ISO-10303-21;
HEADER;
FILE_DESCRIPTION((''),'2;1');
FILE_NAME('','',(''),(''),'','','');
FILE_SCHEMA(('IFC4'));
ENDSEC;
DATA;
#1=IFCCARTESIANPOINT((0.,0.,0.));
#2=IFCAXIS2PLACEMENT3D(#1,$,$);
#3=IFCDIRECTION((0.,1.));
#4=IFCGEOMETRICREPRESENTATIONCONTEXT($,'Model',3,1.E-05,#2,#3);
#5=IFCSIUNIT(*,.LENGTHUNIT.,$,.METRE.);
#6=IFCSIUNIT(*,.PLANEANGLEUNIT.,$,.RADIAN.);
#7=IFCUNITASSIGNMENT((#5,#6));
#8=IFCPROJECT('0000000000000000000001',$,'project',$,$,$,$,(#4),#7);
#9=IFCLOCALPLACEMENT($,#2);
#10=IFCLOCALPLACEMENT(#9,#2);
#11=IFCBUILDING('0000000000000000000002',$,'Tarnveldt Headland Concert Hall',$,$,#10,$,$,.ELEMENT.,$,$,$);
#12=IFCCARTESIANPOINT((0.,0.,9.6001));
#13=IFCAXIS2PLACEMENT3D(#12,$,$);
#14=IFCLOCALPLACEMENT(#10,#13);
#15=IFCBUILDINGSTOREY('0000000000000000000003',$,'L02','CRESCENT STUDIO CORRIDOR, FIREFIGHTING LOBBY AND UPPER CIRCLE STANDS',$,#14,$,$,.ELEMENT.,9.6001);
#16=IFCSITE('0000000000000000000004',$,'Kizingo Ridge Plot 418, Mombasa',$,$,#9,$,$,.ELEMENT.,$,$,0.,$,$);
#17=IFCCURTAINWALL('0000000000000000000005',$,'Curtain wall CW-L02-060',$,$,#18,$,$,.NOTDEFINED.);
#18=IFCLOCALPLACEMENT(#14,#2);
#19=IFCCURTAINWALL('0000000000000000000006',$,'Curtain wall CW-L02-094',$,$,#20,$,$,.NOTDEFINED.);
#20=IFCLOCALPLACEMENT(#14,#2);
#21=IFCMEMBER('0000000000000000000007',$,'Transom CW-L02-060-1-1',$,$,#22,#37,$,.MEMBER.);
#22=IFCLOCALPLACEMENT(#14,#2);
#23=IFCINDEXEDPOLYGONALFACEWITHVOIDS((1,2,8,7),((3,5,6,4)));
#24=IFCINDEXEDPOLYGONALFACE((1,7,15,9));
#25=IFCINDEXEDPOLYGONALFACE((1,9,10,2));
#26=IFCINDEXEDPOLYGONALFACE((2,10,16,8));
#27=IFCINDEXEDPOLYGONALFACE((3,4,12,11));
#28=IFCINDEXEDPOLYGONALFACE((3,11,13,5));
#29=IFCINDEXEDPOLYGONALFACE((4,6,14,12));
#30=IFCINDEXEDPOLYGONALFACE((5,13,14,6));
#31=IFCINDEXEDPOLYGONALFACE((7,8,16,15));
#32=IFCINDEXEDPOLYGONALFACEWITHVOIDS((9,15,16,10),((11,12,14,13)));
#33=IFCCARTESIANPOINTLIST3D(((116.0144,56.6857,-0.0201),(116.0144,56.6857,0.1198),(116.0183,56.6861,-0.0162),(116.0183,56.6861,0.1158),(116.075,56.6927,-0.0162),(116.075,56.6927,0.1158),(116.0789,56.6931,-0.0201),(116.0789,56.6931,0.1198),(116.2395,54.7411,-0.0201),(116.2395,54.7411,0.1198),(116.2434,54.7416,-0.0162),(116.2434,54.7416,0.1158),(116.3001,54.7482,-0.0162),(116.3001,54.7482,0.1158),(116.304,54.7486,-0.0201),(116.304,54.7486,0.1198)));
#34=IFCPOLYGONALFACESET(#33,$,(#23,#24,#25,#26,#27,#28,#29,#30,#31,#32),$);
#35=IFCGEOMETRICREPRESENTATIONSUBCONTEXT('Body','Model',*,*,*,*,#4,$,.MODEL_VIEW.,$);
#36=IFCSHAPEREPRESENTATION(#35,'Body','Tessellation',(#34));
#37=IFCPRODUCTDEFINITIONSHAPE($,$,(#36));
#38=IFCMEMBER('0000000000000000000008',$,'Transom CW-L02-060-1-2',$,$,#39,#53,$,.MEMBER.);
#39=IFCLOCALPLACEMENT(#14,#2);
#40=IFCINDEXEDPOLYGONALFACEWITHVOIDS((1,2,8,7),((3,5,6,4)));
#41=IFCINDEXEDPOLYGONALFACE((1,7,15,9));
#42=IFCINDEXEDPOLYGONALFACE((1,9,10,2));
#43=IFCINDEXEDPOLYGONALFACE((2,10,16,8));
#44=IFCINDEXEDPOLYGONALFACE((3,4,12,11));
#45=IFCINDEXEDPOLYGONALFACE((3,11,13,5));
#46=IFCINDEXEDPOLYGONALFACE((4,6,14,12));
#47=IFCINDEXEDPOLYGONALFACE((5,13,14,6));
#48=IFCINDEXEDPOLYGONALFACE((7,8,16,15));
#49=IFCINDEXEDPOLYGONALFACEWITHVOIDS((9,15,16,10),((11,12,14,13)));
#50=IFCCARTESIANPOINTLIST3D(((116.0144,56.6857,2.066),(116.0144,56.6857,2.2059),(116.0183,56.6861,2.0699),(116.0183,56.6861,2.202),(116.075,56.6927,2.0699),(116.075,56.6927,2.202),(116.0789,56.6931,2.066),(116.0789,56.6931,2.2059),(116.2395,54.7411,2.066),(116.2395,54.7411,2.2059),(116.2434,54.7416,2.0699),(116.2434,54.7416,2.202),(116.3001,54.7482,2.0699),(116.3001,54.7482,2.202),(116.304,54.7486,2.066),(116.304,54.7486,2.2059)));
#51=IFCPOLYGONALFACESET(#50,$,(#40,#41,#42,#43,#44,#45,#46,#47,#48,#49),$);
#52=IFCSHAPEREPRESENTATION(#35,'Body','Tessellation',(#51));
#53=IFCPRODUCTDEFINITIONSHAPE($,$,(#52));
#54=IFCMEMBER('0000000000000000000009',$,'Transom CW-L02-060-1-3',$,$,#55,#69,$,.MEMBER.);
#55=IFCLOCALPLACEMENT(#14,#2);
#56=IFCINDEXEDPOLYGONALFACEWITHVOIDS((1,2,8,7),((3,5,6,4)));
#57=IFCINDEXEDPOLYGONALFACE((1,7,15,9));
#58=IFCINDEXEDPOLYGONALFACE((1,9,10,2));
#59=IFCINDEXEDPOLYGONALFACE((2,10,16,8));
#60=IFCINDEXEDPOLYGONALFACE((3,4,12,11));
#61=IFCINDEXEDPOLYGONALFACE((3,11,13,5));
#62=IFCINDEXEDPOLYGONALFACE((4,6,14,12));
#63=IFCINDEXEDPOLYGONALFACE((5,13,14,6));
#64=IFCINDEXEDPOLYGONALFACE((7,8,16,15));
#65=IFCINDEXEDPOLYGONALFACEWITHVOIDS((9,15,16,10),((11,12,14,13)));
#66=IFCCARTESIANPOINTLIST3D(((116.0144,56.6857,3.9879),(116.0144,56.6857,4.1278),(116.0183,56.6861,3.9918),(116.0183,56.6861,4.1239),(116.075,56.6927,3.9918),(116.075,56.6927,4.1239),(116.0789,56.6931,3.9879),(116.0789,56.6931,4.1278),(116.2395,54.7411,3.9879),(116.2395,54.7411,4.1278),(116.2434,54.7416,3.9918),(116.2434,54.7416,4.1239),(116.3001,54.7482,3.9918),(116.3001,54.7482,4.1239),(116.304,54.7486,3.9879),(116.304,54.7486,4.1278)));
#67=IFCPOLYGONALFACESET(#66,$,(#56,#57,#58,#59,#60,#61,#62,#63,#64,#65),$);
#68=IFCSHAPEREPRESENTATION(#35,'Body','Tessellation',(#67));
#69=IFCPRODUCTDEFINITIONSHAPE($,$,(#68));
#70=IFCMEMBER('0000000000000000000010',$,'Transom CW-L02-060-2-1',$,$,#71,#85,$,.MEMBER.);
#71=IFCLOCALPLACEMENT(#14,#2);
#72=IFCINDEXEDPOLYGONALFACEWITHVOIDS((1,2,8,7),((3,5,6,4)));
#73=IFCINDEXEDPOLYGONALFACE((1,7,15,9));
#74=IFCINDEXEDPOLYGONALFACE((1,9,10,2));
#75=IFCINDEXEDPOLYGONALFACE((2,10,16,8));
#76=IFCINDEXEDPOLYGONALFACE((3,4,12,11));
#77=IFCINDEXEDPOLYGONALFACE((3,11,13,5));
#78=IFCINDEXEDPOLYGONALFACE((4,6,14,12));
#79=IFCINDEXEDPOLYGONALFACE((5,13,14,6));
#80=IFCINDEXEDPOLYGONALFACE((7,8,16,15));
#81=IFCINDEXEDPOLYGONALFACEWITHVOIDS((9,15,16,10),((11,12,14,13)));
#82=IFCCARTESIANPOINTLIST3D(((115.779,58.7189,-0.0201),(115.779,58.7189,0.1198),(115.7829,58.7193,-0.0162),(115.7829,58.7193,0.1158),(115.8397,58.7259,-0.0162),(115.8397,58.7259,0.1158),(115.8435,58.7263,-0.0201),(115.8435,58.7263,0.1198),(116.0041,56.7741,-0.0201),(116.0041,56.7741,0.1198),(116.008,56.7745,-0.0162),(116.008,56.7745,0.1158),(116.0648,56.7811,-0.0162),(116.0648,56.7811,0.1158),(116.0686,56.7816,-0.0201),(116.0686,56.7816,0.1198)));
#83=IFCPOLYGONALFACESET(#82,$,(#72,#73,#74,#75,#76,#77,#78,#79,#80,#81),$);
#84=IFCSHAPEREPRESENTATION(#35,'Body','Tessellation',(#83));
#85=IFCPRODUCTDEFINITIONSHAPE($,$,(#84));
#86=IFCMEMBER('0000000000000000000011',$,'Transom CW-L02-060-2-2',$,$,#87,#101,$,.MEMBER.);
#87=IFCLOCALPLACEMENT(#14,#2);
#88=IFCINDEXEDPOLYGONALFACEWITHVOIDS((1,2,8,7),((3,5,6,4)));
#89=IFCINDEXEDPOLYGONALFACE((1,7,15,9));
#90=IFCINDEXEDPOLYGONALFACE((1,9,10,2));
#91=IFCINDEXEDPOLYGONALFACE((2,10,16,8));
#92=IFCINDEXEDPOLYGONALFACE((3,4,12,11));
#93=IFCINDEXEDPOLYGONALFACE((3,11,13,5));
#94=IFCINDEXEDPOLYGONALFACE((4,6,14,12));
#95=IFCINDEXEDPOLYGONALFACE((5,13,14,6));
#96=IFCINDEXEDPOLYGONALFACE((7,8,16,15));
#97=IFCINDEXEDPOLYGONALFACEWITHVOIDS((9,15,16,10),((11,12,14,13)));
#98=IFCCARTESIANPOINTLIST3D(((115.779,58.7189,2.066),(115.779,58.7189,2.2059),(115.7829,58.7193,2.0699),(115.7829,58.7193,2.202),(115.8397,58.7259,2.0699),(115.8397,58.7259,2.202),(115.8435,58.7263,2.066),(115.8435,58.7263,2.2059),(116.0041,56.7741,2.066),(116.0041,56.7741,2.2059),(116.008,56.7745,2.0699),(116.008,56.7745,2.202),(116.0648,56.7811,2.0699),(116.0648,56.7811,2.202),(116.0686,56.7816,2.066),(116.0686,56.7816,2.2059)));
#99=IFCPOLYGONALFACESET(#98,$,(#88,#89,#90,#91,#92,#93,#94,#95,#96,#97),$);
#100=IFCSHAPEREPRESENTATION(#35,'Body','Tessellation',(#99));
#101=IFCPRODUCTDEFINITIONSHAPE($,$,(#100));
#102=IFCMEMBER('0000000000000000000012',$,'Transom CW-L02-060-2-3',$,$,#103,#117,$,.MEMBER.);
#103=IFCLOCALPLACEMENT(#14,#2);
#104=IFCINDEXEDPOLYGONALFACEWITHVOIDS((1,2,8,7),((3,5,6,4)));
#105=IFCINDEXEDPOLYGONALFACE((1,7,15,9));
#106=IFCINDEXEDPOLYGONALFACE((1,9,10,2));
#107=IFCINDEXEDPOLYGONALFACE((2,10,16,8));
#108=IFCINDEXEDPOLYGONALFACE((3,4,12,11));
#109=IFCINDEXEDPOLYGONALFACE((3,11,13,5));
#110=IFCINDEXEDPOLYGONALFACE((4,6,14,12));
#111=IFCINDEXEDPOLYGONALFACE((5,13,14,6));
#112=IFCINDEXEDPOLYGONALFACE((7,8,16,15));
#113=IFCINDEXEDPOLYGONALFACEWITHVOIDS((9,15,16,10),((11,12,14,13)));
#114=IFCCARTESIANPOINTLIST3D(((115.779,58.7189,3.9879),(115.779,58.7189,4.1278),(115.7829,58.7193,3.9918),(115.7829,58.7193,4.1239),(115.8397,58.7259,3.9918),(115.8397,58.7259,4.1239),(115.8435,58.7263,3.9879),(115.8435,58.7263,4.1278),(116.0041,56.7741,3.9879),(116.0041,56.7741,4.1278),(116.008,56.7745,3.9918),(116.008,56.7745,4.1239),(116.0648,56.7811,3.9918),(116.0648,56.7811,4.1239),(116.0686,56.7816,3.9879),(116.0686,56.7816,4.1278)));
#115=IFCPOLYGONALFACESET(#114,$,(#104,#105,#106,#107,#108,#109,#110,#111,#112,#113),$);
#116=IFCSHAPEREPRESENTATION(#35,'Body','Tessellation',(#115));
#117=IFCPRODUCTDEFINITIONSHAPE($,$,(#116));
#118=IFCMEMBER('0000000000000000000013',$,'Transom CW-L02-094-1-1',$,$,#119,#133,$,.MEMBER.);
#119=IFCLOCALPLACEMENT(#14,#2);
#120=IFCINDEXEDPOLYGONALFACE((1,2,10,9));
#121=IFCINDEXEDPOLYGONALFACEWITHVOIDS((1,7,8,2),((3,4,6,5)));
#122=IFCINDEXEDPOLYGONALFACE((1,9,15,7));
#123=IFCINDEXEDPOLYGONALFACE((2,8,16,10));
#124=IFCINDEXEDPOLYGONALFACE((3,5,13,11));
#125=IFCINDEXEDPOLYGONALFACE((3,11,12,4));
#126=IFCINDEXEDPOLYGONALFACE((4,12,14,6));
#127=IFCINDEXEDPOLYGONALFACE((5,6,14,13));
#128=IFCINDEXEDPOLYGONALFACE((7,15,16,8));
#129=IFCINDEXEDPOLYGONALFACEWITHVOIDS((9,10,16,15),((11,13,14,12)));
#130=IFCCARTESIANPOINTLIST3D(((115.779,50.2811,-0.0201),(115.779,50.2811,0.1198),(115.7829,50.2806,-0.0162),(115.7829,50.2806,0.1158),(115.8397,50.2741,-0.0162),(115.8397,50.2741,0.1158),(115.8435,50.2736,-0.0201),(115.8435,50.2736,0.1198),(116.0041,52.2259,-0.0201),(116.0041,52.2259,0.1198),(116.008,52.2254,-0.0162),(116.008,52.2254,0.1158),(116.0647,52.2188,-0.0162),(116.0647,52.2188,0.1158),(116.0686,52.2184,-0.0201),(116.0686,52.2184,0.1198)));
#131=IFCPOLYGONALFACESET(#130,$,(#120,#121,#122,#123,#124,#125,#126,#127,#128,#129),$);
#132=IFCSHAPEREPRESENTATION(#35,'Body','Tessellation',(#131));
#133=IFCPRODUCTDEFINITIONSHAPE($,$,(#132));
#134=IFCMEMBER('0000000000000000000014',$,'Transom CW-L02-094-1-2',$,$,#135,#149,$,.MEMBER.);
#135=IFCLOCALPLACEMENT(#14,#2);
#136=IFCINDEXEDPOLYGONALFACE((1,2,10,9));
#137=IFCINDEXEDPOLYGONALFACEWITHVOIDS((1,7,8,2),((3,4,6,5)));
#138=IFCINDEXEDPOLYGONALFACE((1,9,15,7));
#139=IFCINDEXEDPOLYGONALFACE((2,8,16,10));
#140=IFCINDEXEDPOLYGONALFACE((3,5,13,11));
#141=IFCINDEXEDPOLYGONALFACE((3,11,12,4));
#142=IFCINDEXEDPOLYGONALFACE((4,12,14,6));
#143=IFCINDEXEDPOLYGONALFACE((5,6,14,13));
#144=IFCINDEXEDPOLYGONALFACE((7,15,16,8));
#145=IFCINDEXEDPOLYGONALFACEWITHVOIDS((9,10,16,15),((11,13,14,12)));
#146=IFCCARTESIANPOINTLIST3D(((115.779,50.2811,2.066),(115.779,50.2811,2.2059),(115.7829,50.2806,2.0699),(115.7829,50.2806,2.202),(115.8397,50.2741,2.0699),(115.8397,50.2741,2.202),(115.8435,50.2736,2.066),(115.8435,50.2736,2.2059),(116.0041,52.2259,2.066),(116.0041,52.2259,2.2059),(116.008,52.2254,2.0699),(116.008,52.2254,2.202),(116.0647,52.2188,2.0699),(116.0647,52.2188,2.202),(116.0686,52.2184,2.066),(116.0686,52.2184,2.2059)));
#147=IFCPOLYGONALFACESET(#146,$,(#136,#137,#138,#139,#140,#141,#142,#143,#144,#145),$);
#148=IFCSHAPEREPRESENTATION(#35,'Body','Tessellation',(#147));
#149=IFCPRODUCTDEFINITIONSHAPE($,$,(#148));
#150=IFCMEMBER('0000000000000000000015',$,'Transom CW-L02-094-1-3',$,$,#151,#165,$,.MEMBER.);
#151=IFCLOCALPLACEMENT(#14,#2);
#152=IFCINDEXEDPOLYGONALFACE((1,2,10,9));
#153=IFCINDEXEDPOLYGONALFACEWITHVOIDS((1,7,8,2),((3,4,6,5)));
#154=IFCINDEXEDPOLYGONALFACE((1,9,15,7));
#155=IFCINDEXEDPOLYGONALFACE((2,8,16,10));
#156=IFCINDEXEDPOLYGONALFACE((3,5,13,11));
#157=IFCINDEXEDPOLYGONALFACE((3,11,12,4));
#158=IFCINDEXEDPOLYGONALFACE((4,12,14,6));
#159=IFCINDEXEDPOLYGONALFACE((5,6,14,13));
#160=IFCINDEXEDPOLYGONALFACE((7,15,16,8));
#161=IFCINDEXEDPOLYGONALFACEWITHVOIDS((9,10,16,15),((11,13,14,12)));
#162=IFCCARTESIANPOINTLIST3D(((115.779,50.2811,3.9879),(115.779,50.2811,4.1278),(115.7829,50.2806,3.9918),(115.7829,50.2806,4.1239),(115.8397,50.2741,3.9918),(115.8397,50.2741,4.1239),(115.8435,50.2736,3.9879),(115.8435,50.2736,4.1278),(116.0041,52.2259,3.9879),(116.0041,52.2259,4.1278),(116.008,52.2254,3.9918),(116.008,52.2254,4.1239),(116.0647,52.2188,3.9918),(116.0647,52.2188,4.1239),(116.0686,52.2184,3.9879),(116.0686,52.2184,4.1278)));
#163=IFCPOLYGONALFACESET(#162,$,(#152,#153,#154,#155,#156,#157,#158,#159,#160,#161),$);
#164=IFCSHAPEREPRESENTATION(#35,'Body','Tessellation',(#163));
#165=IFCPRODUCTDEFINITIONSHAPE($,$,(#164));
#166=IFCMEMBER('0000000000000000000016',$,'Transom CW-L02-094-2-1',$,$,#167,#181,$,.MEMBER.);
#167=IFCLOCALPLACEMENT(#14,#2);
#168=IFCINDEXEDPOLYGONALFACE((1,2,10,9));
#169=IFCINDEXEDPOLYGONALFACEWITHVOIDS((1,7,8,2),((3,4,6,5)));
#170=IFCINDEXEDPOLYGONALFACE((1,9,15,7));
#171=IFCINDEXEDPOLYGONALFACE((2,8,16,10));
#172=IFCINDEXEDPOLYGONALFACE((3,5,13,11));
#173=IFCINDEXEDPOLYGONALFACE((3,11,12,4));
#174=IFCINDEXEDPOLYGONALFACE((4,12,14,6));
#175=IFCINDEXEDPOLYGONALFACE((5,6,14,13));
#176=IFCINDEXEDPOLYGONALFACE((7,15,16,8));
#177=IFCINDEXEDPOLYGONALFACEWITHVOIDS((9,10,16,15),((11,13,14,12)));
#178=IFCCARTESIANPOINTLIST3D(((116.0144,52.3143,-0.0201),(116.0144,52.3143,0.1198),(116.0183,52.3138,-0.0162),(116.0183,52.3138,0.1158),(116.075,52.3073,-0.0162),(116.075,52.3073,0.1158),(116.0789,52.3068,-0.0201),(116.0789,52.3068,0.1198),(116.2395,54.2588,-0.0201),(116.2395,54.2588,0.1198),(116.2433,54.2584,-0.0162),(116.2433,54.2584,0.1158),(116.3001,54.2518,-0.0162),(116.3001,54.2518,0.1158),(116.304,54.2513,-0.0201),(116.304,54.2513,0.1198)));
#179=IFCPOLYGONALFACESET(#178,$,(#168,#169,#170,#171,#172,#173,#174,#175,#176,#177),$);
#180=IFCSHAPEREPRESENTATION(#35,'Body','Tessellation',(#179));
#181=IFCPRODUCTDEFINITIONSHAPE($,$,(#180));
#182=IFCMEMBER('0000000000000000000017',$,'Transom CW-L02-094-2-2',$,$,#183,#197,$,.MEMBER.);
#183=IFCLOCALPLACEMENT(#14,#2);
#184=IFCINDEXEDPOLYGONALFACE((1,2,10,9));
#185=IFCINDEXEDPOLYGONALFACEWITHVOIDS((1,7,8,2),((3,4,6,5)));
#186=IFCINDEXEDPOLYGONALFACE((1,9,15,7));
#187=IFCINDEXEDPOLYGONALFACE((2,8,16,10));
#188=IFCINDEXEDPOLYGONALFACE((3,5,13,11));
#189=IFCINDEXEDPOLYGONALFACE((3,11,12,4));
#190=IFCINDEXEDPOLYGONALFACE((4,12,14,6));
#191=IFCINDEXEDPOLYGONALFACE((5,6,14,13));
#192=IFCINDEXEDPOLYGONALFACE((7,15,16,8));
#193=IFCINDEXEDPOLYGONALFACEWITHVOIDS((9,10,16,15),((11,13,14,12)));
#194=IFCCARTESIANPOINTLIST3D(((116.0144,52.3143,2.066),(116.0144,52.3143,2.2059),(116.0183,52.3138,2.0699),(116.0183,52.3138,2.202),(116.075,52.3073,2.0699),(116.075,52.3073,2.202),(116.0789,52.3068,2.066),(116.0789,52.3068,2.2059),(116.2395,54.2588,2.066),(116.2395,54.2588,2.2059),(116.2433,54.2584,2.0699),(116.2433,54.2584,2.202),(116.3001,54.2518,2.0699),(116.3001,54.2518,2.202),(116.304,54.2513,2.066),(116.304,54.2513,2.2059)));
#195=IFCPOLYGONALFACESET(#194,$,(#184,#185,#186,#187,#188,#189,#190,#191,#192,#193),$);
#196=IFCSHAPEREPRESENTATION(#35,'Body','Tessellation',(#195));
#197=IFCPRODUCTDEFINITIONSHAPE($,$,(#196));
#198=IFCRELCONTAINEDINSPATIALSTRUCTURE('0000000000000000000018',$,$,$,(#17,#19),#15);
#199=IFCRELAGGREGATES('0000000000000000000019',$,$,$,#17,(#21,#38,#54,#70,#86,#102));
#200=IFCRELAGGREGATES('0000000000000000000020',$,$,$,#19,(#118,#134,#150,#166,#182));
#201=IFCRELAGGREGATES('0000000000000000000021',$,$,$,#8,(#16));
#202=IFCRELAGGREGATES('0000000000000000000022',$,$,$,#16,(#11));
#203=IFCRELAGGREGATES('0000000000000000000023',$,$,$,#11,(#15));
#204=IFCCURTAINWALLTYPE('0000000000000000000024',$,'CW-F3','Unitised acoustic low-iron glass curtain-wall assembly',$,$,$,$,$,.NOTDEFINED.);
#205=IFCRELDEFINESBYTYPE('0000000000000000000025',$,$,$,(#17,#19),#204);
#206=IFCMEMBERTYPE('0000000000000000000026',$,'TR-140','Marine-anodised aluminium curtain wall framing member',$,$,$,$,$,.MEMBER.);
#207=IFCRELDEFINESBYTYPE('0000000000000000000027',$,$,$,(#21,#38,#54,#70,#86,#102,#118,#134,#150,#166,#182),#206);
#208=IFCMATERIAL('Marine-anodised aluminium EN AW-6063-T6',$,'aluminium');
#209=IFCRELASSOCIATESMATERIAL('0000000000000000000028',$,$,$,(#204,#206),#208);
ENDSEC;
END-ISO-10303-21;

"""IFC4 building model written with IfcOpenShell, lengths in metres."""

from ifc_helpers import new_model, si_unit, direction, frame, origin, origin_2d, place, context, subcontext, project, spatial, hollow_rectangle, extrude, material, material_profile, profile_set, type_object, element, aggregate, save


model = new_model("IFC4")

# Units and contexts
model_context = context("Model", 3, precision=1e-05, world=origin(), true_north=direction((0.0, 1.0)))
body_context = subcontext(model_context, "Body", "Model", "MODEL_VIEW")
ifc_project = project(units=[si_unit("LENGTHUNIT", "METRE"), si_unit("PLANEANGLEUNIT", "RADIAN")], contexts=[model_context])

# Site, building, storey
site_placement = place(None, origin())
site = spatial("IfcSite", under=ifc_project, at=site_placement, Name="Kizingo Ridge Plot 418, Mombasa", CompositionType="ELEMENT", RefElevation=0.0)
building_placement = place(site_placement, origin())
building = spatial("IfcBuilding", under=site, at=building_placement, Name="Tarnveldt Headland Concert Hall", CompositionType="ELEMENT")
storey_placement = place(building_placement, frame((0.0, 0.0, 9.6001)))
storey = spatial("IfcBuildingStorey", under=building, at=storey_placement, Name="L02", Description="CRESCENT STUDIO CORRIDOR, FIREFIGHTING LOBBY AND UPPER CIRCLE STANDS", CompositionType="ELEMENT", Elevation=9.6001)

# Curtain walls
ifc_material_1 = material(Name="Marine-anodised aluminium EN AW-6063-T6", Category="aluminium")
curtain_wall_type = type_object("IfcCurtainWallType", Name="CW-F3", Description="Unitised acoustic low-iron glass curtain-wall assembly", PredefinedType="NOTDEFINED", material=ifc_material_1)
curtain_wall_1_placement = place(storey_placement, origin())
curtain_wall_1 = element("IfcCurtainWall", 1, at=curtain_wall_1_placement, inside=storey, type_object=curtain_wall_type, Name="Curtain wall CW-L02-060", PredefinedType="NOTDEFINED")
curtain_wall_2_placement = place(storey_placement, origin())
curtain_wall_2 = element("IfcCurtainWall", 2, at=curtain_wall_2_placement, inside=storey, type_object=curtain_wall_type, Name="Curtain wall CW-L02-094", PredefinedType="NOTDEFINED")

# Members
ifc_material_profile_1 = material_profile(ifc_material_1, hollow_rectangle(XDim=0.0649, YDim=0.1399, WallThickness=0.0039, at=origin_2d()), Name="ALU TRANSOM 65x140x4", Category="aluminium")
ifc_profile_set_1 = profile_set([ifc_material_profile_1], Name="Marine-anodised aluminium EN AW-6063-T6")
member_type_1 = type_object("IfcMemberType", Name="TR-140", Description="Marine-anodised aluminium curtain wall framing member", PredefinedType="MEMBER", material=ifc_profile_set_1)
member_1_placement = place(storey_placement, frame((116.2717, 54.7449, 0.0498), z_axis=(-0.114989, 0.993367, 0.0), x_axis=(-0.993367, -0.114989, 0.0)))
member_1 = element("IfcMember", 3, at=member_1_placement, type_object=member_type_1, Name="Transom CW-L02-060-1-1", PredefinedType="MEMBER", context=body_context, shape_type="SweptSolid", body=[
    extrude(hollow_rectangle(XDim=0.0649, YDim=0.1399, WallThickness=0.0039, at=origin_2d()), origin(), (0.0, 0.0, 1.0), 1.9575),
])
member_2_placement = place(storey_placement, frame((116.2717, 54.7449, 2.136), z_axis=(-0.114989, 0.993367, 0.0), x_axis=(-0.993367, -0.114989, 0.0)))
member_2 = element("IfcMember", 4, at=member_2_placement, type_object=member_type_1, Name="Transom CW-L02-060-1-2", PredefinedType="MEMBER", context=body_context, shape_type="SweptSolid", body=[
    extrude(hollow_rectangle(XDim=0.0649, YDim=0.1399, WallThickness=0.0039, at=origin_2d()), origin(), (0.0, 0.0, 1.0), 1.9575),
])
member_3_placement = place(storey_placement, frame((116.2717, 54.7449, 4.0579), z_axis=(-0.114989, 0.993367, 0.0), x_axis=(-0.993367, -0.114989, 0.0)))
member_3 = element("IfcMember", 5, at=member_3_placement, type_object=member_type_1, Name="Transom CW-L02-060-1-3", PredefinedType="MEMBER", context=body_context, shape_type="SweptSolid", body=[
    extrude(hollow_rectangle(XDim=0.0649, YDim=0.1399, WallThickness=0.0039, at=origin_2d()), origin(), (0.0, 0.0, 1.0), 1.9575),
])
member_4_placement = place(storey_placement, frame((116.0364, 56.7778, 0.0498), z_axis=(-0.114974, 0.993368, 0.0), x_axis=(-0.993368, -0.114974, 0.0)))
member_4 = element("IfcMember", 6, at=member_4_placement, type_object=member_type_1, Name="Transom CW-L02-060-2-1", PredefinedType="MEMBER", context=body_context, shape_type="SweptSolid", body=[
    extrude(hollow_rectangle(XDim=0.0649, YDim=0.1399, WallThickness=0.0039, at=origin_2d()), origin(), (0.0, 0.0, 1.0), 1.9578),
])
member_5_placement = place(storey_placement, frame((116.0364, 56.7778, 2.136), z_axis=(-0.114974, 0.993368, 0.0), x_axis=(-0.993368, -0.114974, 0.0)))
member_5 = element("IfcMember", 7, at=member_5_placement, type_object=member_type_1, Name="Transom CW-L02-060-2-2", PredefinedType="MEMBER", context=body_context, shape_type="SweptSolid", body=[
    extrude(hollow_rectangle(XDim=0.0649, YDim=0.1399, WallThickness=0.0039, at=origin_2d()), origin(), (0.0, 0.0, 1.0), 1.9578),
])
member_6_placement = place(storey_placement, frame((116.0364, 56.7778, 4.0579), z_axis=(-0.114974, 0.993368, 0.0), x_axis=(-0.993368, -0.114974, 0.0)))
member_6 = element("IfcMember", 8, at=member_6_placement, type_object=member_type_1, Name="Transom CW-L02-060-2-3", PredefinedType="MEMBER", context=body_context, shape_type="SweptSolid", body=[
    extrude(hollow_rectangle(XDim=0.0649, YDim=0.1399, WallThickness=0.0039, at=origin_2d()), origin(), (0.0, 0.0, 1.0), 1.9578),
])
member_7_placement = place(storey_placement, frame((115.8113, 50.2773, 0.0498), z_axis=(0.114974, 0.993368, 0.0), x_axis=(-0.993368, 0.114974, 0.0)))
member_7 = element("IfcMember", 9, at=member_7_placement, type_object=member_type_1, Name="Transom CW-L02-094-1-1", PredefinedType="MEMBER", context=body_context, shape_type="SweptSolid", body=[
    extrude(hollow_rectangle(XDim=0.0649, YDim=0.1399, WallThickness=0.0039, at=origin_2d()), origin(), (0.0, 0.0, 1.0), 1.9578),
])
member_8_placement = place(storey_placement, frame((115.8113, 50.2773, 2.136), z_axis=(0.114974, 0.993368, 0.0), x_axis=(-0.993368, 0.114974, 0.0)))
member_8 = element("IfcMember", 10, at=member_8_placement, type_object=member_type_1, Name="Transom CW-L02-094-1-2", PredefinedType="MEMBER", context=body_context, shape_type="SweptSolid", body=[
    extrude(hollow_rectangle(XDim=0.0649, YDim=0.1399, WallThickness=0.0039, at=origin_2d()), origin(), (0.0, 0.0, 1.0), 1.9578),
])
member_9_placement = place(storey_placement, frame((115.8113, 50.2773, 4.0579), z_axis=(0.114974, 0.993368, 0.0), x_axis=(-0.993368, 0.114974, 0.0)))
member_9 = element("IfcMember", 11, at=member_9_placement, type_object=member_type_1, Name="Transom CW-L02-094-1-3", PredefinedType="MEMBER", context=body_context, shape_type="SweptSolid", body=[
    extrude(hollow_rectangle(XDim=0.0649, YDim=0.1399, WallThickness=0.0039, at=origin_2d()), origin(), (0.0, 0.0, 1.0), 1.9578),
])
member_10_placement = place(storey_placement, frame((116.0466, 52.3105, 0.0498), z_axis=(0.114989, 0.993367, 0.0), x_axis=(-0.993367, 0.114989, 0.0)))
member_10 = element("IfcMember", 12, at=member_10_placement, type_object=member_type_1, Name="Transom CW-L02-094-2-1", PredefinedType="MEMBER", context=body_context, shape_type="SweptSolid", body=[
    extrude(hollow_rectangle(XDim=0.0649, YDim=0.1399, WallThickness=0.0039, at=origin_2d()), origin(), (0.0, 0.0, 1.0), 1.9575),
])
member_11_placement = place(storey_placement, frame((116.0466, 52.3105, 2.136), z_axis=(0.114989, 0.993367, 0.0), x_axis=(-0.993367, 0.114989, 0.0)))
member_11 = element("IfcMember", 13, at=member_11_placement, type_object=member_type_1, Name="Transom CW-L02-094-2-2", PredefinedType="MEMBER", context=body_context, shape_type="SweptSolid", body=[
    extrude(hollow_rectangle(XDim=0.0649, YDim=0.1399, WallThickness=0.0039, at=origin_2d()), origin(), (0.0, 0.0, 1.0), 1.9575),
])

aggregate(curtain_wall_1, [member_1, member_2, member_3, member_4, member_5, member_6])
aggregate(curtain_wall_2, [member_7, member_8, member_9, member_10, member_11])

save(model, "model.ifc")
